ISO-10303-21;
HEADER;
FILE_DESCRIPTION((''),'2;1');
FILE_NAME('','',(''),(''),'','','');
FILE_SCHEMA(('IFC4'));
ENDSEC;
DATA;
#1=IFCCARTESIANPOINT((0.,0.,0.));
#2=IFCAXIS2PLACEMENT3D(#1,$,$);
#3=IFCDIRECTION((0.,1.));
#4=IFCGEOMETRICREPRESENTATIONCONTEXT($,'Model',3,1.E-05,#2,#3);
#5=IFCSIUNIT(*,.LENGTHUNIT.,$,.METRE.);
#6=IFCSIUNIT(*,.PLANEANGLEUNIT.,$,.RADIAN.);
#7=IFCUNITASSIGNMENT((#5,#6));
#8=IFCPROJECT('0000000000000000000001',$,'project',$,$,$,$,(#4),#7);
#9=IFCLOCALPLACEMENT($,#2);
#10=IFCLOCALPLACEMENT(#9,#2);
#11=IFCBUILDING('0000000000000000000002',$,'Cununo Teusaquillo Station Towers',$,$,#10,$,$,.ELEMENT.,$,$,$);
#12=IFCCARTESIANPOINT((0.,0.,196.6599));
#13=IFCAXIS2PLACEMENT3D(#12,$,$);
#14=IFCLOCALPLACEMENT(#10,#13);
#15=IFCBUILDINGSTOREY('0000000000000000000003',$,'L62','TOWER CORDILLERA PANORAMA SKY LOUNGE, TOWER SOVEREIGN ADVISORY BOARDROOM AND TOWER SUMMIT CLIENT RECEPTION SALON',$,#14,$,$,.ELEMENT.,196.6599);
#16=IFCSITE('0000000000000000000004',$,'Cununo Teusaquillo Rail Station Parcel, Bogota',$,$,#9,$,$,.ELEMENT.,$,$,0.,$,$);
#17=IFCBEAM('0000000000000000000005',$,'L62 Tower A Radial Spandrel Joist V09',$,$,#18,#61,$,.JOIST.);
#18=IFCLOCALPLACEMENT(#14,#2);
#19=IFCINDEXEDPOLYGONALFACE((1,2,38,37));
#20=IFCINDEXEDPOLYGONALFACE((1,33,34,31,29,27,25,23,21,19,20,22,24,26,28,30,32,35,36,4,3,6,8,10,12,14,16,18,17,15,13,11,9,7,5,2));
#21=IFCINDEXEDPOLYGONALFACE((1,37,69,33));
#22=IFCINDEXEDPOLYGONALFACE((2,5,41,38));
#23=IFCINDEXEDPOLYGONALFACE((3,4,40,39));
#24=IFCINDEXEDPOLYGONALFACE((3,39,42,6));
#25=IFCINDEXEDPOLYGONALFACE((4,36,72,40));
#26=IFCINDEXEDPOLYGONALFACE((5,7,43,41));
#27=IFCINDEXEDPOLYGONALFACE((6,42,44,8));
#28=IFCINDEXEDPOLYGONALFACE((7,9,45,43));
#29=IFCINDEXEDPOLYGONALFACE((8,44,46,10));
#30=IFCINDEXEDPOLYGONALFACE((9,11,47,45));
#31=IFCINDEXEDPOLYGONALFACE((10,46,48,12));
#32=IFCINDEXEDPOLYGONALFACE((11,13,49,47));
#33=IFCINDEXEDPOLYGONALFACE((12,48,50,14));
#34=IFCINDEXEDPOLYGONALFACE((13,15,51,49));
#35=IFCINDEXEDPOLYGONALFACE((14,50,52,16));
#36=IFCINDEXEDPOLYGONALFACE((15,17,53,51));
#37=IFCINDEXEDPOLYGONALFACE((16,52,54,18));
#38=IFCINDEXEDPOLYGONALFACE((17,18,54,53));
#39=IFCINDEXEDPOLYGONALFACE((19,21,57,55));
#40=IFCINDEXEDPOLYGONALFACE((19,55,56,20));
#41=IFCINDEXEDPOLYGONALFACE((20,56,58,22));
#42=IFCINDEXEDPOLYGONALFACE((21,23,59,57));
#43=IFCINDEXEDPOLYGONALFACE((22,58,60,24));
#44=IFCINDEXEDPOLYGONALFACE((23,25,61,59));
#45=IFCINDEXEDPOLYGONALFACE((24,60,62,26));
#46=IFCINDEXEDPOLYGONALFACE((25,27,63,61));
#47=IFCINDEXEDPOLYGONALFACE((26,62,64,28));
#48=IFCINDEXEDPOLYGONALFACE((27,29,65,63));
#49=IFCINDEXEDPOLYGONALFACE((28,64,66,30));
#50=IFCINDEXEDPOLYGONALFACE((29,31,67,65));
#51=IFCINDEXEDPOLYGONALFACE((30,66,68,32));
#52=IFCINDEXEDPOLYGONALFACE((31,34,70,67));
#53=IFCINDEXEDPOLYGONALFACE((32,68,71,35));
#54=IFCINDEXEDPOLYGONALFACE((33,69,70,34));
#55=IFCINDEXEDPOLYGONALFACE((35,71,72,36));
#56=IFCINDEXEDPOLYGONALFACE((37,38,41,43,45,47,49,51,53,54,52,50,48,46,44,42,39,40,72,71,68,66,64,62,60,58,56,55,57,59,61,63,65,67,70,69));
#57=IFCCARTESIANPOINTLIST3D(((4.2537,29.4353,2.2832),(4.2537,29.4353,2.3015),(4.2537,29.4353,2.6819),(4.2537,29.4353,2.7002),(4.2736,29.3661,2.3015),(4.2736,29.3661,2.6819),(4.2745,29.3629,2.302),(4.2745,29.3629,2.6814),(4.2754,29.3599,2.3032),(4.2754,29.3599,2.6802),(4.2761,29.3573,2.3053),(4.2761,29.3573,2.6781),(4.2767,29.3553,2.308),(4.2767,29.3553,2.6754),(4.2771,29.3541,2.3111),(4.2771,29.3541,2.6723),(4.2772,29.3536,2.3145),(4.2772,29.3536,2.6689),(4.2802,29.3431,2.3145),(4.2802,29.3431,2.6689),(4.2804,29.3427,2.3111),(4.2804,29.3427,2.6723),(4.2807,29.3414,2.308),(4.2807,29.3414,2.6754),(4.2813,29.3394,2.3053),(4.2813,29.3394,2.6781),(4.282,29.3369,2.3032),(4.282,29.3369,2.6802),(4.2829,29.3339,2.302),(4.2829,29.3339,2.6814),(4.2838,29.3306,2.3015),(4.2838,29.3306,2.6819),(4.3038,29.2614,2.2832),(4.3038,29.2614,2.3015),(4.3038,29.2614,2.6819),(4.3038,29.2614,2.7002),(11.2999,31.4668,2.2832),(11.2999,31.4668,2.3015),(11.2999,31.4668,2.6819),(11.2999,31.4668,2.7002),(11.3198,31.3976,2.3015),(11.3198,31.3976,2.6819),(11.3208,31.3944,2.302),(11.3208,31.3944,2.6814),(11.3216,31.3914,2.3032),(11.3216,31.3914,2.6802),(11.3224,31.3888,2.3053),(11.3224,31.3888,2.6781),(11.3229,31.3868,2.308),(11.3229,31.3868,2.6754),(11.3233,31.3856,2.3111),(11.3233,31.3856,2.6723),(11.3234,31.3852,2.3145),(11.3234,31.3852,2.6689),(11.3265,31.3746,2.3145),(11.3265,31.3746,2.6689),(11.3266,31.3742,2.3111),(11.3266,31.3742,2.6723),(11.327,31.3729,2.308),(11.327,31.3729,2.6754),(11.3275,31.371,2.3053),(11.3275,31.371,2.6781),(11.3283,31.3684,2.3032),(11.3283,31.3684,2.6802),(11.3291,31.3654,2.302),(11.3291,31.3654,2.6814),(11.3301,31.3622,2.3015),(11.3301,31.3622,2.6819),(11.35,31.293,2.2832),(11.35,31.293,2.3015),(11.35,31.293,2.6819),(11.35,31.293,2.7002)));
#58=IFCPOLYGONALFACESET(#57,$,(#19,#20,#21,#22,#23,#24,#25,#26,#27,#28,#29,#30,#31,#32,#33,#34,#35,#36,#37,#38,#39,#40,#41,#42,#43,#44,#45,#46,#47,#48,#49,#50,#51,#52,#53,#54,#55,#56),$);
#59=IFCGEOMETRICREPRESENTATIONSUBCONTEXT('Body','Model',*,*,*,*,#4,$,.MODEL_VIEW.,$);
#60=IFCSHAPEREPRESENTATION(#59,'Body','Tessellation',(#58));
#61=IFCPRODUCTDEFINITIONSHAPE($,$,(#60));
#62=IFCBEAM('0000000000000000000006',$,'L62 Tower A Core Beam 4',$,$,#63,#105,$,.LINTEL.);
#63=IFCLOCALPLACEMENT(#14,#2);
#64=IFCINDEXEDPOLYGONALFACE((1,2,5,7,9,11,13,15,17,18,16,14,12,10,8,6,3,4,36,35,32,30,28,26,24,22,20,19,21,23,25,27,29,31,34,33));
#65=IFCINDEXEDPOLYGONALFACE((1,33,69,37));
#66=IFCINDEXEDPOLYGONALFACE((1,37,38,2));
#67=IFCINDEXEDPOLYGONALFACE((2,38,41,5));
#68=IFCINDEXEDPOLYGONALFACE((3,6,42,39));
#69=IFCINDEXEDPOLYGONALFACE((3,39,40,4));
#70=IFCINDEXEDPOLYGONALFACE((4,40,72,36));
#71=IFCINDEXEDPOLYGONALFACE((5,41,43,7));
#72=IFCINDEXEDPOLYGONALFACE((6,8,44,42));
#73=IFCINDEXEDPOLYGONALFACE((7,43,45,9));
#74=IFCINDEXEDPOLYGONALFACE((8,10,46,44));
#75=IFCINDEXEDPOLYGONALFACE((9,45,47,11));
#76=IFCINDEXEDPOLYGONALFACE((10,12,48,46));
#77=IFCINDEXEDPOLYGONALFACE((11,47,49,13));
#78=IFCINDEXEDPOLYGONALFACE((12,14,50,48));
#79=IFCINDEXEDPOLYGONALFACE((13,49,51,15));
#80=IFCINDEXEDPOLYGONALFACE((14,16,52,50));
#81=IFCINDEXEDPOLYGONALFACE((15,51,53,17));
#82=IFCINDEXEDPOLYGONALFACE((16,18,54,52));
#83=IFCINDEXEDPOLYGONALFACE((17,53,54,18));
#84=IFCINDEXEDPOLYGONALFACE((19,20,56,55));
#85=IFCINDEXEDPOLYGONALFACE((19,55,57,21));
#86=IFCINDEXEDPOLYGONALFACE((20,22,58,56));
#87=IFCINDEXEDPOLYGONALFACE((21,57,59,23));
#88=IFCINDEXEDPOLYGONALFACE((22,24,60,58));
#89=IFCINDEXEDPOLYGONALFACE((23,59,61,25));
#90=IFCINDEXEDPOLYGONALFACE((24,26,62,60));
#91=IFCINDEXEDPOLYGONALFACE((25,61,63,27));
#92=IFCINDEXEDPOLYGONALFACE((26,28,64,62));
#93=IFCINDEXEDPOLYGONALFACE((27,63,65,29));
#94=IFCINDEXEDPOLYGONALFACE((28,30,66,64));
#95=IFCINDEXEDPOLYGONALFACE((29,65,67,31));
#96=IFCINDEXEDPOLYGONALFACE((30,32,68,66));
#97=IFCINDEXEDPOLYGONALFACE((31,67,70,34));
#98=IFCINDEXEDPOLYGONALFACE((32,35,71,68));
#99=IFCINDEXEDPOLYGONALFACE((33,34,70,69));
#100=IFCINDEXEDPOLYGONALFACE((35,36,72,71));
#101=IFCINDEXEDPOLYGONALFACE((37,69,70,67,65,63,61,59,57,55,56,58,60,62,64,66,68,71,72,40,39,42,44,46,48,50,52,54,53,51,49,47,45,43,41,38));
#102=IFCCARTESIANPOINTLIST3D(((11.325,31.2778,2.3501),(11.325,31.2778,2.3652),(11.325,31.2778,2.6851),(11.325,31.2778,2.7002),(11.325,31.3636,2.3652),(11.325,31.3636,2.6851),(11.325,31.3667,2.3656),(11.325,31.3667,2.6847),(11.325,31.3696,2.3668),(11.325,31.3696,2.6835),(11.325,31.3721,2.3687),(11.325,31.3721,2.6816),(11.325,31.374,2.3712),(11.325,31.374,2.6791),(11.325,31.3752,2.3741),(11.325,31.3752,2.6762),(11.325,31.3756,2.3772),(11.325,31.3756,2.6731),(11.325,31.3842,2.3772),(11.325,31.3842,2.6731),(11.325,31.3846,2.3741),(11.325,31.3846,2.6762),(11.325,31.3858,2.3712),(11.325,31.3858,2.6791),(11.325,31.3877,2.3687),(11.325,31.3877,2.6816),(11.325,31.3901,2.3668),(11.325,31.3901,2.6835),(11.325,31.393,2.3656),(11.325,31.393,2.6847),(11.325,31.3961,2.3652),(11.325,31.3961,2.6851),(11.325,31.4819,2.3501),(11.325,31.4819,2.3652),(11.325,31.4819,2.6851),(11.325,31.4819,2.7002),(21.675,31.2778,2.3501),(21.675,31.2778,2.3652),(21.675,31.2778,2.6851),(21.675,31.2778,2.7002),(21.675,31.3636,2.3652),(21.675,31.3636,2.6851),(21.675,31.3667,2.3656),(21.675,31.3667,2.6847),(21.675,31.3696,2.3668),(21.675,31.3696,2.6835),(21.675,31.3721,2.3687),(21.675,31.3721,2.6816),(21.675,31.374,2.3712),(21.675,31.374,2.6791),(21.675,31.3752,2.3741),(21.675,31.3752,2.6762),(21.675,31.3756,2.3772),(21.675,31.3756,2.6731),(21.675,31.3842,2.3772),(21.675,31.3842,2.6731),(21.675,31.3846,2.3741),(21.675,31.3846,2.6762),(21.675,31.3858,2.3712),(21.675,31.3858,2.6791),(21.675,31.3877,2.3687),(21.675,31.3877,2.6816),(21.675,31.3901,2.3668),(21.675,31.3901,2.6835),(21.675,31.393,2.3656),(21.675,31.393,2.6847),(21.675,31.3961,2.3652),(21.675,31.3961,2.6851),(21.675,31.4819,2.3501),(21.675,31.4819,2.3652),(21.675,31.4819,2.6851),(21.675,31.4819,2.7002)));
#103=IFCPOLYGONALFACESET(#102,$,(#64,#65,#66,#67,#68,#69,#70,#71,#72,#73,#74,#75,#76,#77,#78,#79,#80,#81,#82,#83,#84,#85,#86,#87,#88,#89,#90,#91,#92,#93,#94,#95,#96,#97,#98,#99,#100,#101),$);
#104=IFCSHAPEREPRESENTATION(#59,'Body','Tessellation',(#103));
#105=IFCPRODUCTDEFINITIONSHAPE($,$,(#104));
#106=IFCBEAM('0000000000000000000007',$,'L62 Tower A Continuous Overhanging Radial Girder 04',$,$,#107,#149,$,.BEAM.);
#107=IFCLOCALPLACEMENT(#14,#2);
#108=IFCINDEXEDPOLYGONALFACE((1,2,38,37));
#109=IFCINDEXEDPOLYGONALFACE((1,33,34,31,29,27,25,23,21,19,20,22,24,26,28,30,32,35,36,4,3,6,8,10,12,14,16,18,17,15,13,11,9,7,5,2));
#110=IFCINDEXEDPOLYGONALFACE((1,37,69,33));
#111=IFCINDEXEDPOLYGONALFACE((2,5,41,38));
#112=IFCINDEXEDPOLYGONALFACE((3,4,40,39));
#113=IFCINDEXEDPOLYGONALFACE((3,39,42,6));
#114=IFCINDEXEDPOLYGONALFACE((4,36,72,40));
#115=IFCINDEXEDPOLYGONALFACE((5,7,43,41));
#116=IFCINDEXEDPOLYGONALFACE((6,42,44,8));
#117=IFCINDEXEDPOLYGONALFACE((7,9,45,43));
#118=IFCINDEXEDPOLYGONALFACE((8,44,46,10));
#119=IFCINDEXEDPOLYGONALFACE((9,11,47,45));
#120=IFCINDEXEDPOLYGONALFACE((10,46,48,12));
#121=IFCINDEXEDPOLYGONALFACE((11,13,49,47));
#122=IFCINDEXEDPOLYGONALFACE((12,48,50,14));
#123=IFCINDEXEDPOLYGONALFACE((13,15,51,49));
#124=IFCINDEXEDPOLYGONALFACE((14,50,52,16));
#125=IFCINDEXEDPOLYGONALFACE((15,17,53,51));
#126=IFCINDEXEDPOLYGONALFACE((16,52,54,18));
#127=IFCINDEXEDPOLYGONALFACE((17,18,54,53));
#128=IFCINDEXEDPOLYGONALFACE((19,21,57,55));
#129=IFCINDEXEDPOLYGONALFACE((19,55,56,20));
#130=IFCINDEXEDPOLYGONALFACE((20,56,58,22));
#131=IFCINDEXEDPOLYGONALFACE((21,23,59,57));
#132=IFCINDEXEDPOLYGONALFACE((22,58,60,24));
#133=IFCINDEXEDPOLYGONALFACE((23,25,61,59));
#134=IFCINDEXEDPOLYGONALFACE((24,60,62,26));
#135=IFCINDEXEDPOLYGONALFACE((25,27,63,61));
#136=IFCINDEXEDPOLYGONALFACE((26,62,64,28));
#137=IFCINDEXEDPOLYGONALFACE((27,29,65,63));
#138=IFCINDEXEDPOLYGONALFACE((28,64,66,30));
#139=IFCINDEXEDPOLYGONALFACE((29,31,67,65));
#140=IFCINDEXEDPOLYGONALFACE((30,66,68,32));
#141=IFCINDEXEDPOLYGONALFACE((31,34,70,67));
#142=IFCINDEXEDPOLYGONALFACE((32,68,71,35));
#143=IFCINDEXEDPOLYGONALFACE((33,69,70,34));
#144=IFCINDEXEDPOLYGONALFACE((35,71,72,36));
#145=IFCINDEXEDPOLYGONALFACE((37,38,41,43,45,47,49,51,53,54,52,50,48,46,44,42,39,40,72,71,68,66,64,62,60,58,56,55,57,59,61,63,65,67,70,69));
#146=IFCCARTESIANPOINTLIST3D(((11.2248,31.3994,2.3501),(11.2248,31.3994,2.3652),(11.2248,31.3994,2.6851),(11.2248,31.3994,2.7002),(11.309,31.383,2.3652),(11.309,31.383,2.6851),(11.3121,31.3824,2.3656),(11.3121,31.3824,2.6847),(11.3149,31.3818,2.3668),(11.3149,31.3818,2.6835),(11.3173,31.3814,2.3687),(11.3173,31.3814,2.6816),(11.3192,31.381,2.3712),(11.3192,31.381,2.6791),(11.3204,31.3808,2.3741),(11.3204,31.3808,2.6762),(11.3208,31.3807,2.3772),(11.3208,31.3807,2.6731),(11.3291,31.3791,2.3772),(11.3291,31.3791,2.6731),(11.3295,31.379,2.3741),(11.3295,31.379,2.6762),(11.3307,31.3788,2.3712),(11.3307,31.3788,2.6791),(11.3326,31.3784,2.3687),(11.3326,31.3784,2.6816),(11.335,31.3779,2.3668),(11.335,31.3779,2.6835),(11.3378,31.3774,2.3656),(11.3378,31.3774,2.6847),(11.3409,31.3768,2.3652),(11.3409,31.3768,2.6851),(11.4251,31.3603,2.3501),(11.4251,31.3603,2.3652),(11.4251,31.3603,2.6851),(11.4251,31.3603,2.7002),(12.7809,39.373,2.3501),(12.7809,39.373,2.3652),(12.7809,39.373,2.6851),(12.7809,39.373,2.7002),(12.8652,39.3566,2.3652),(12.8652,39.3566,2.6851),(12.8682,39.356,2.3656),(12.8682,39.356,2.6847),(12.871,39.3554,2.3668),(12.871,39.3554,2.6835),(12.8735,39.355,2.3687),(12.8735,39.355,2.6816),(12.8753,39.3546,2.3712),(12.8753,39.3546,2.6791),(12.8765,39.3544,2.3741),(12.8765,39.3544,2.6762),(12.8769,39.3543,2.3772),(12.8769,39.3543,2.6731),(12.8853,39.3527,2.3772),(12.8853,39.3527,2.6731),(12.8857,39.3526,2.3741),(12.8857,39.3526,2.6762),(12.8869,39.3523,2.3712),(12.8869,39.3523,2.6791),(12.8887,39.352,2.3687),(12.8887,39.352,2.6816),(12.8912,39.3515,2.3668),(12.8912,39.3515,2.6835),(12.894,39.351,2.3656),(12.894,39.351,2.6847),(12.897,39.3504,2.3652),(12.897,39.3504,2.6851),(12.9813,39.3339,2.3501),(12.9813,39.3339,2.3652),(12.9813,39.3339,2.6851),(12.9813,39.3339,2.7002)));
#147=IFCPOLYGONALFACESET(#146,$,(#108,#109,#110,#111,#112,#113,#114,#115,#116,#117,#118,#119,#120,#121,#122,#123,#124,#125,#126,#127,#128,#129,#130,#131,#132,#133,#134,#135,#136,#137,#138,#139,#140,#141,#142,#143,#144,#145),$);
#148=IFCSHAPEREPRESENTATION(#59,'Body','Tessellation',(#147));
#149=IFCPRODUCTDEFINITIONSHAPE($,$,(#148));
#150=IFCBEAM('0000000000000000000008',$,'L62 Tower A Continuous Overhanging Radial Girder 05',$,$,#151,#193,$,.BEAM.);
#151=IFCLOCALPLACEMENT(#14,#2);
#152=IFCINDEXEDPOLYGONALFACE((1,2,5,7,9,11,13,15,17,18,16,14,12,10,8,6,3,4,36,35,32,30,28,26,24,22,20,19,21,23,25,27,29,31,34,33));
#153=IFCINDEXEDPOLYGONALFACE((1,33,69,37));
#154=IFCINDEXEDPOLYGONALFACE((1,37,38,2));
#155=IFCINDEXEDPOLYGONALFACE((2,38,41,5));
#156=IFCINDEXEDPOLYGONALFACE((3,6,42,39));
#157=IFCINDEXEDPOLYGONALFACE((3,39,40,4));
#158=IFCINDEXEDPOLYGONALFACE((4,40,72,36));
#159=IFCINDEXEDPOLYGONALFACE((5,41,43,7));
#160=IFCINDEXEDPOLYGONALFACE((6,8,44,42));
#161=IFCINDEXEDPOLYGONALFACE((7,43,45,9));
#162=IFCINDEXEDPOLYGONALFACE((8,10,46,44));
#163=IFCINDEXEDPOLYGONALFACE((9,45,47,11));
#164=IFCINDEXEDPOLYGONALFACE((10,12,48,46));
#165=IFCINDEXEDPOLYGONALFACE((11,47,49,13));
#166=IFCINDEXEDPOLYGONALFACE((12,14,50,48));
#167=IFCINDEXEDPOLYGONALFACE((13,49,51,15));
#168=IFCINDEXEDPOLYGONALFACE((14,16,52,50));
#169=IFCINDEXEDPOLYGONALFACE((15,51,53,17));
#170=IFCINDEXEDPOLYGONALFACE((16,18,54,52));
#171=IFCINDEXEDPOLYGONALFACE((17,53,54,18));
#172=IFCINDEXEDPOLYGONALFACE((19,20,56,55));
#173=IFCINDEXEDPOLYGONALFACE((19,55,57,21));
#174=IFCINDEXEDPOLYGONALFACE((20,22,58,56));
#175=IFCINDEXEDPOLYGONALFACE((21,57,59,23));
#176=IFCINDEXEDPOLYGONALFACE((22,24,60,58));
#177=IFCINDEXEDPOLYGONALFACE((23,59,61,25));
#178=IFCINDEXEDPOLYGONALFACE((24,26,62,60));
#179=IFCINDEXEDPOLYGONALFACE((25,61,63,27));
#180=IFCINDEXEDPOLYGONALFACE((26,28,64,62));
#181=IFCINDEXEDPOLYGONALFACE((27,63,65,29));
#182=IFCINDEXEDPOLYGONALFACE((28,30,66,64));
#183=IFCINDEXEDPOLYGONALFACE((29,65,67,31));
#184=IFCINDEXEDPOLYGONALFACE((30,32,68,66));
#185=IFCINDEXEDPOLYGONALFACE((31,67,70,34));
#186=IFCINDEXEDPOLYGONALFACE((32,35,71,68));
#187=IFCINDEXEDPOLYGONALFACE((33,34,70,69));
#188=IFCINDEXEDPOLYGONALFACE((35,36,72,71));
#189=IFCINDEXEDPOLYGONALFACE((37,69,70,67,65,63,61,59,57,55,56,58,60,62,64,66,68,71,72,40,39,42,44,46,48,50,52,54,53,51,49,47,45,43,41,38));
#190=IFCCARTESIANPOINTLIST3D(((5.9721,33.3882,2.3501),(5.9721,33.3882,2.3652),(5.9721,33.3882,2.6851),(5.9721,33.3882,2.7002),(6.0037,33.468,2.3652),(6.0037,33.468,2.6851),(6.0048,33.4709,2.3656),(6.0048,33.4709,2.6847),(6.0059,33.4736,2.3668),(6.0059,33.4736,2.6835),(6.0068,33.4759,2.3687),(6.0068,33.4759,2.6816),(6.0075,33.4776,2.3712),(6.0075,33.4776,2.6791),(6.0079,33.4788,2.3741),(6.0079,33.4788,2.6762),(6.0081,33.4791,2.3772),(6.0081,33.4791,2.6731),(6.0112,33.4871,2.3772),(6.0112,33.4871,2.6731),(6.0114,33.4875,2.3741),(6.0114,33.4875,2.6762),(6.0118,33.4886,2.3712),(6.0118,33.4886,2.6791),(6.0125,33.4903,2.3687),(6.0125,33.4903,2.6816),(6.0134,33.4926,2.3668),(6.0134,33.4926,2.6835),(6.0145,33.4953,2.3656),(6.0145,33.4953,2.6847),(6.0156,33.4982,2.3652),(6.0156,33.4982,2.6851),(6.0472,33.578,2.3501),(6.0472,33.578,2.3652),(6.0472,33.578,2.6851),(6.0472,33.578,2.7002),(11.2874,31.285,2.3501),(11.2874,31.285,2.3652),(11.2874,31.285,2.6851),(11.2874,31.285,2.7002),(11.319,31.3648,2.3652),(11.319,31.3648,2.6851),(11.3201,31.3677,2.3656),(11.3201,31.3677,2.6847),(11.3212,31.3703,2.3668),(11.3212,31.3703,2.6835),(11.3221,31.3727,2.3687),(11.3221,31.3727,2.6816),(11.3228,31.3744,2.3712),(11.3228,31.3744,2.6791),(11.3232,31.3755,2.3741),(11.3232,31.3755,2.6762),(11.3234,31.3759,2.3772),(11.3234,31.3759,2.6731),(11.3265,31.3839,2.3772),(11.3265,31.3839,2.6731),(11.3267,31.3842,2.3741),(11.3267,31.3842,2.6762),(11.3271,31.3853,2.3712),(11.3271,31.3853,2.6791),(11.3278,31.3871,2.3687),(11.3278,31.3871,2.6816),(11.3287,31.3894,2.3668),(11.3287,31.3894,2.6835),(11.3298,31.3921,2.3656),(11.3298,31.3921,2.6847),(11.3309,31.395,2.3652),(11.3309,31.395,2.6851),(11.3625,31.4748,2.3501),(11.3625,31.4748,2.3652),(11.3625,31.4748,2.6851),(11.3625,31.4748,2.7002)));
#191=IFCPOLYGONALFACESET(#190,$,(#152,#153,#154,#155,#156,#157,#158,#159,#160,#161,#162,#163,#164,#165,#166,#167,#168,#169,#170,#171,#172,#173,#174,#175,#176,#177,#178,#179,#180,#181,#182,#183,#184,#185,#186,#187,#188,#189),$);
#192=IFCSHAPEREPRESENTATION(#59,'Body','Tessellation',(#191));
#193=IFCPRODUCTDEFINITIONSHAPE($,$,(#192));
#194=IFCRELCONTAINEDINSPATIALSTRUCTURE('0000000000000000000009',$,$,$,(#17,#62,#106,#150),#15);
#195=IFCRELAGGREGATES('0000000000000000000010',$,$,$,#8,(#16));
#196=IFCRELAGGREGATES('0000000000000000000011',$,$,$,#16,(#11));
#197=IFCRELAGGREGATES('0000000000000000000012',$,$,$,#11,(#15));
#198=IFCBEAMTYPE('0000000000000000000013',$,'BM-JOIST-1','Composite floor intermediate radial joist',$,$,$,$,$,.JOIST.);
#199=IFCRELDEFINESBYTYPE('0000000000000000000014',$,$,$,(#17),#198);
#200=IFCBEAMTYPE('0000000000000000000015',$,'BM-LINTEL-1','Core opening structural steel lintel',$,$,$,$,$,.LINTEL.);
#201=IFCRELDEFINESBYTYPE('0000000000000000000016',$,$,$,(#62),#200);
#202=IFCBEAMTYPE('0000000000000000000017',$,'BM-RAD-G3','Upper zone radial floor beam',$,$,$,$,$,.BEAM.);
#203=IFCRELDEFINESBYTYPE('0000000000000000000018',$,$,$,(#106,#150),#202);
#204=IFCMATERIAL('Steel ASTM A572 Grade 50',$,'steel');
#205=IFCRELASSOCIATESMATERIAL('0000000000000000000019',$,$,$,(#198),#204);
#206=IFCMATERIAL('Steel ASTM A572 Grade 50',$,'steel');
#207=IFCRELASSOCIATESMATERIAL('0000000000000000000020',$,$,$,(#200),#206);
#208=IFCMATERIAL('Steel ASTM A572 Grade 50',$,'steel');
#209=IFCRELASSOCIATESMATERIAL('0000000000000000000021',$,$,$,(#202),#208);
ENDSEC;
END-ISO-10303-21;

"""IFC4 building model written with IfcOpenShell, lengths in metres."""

from ifc_helpers import new_model, si_unit, direction, frame, origin, origin_2d, place, context, subcontext, project, spatial, i_section, extrude, material, material_profile, profile_set, type_object, element, save


model = new_model("IFC4")

# Units and contexts
model_context = context("Model", 3, precision=1e-05, world=origin(), true_north=direction((0.0, 1.0)))
body_context = subcontext(model_context, "Body", "Model", "MODEL_VIEW")
ifc_project = project(units=[si_unit("LENGTHUNIT", "METRE"), si_unit("PLANEANGLEUNIT", "RADIAN")], contexts=[model_context])

# Site, building, storey
site_placement = place(None, origin())
site = spatial("IfcSite", under=ifc_project, at=site_placement, Name="Cununo Teusaquillo Rail Station Parcel, Bogota", CompositionType="ELEMENT", RefElevation=0.0)
building_placement = place(site_placement, origin())
building = spatial("IfcBuilding", under=site, at=building_placement, Name="Cununo Teusaquillo Station Towers", CompositionType="ELEMENT")
storey_placement = place(building_placement, frame((0.0, 0.0, 196.6599)))
storey = spatial("IfcBuildingStorey", under=building, at=storey_placement, Name="L62", Description="TOWER CORDILLERA PANORAMA SKY LOUNGE, TOWER SOVEREIGN ADVISORY BOARDROOM AND TOWER SUMMIT CLIENT RECEPTION SALON", CompositionType="ELEMENT", Elevation=196.6599)

# Beams
ifc_material_1 = material(Name="Steel ASTM A572 Grade 50", Category="steel")
ifc_material_profile_1 = material_profile(ifc_material_1, i_section(OverallWidth=0.1809, OverallDepth=0.417, WebThickness=0.011, FlangeThickness=0.0183, FilletRadius=0.0129, at=origin_2d()), Name="W16X57")
ifc_profile_set_1 = profile_set([ifc_material_profile_1], Name="Steel ASTM A572 Grade 50")
beam_type_1 = type_object("IfcBeamType", Name="BM-JOIST-1", Description="Composite floor intermediate radial joist", PredefinedType="JOIST", material=ifc_profile_set_1)
beam_1_placement = place(storey_placement, frame((11.325, 31.3799, 2.4917), z_axis=(-0.960862, -0.277029, 0.0), x_axis=(0.277029, -0.960862, 0.0)))
element("IfcBeam", 1, at=beam_1_placement, inside=storey, type_object=beam_type_1, Name="L62 Tower A Radial Spandrel Joist V09", PredefinedType="JOIST", context=body_context, shape_type="SweptSolid", body=[
    extrude(i_section(OverallWidth=0.1809, OverallDepth=0.417, WebThickness=0.011, FlangeThickness=0.0183, FilletRadius=0.0129, at=origin_2d()), origin(), (0.0, 0.0, 1.0), 7.3333),
])
ifc_material_2 = material(Name="Steel ASTM A572 Grade 50", Category="steel")
ifc_material_profile_2 = material_profile(ifc_material_2, i_section(OverallWidth=0.2041, OverallDepth=0.3501, WebThickness=0.0085, FlangeThickness=0.0151, FilletRadius=0.012, at=origin_2d()), Name="W14X48")
ifc_profile_set_2 = profile_set([ifc_material_profile_2], Name="Steel ASTM A572 Grade 50")
beam_type_2 = type_object("IfcBeamType", Name="BM-LINTEL-1", Description="Core opening structural steel lintel", PredefinedType="LINTEL", material=ifc_profile_set_2)
beam_2_placement = place(storey_placement, frame((11.325, 31.3799, 2.5251), z_axis=(1.0, 0.0, 0.0), x_axis=(0.0, 1.0, 0.0)))
element("IfcBeam", 2, at=beam_2_placement, inside=storey, type_object=beam_type_2, Name="L62 Tower A Core Beam 4", PredefinedType="LINTEL", context=body_context, shape_type="SweptSolid", body=[
    extrude(i_section(OverallWidth=0.2041, OverallDepth=0.3501, WebThickness=0.0085, FlangeThickness=0.0151, FilletRadius=0.012, at=origin_2d()), origin(), (0.0, 0.0, 1.0), 10.3501),
])
ifc_material_3 = material(Name="Steel ASTM A572 Grade 50", Category="steel")
ifc_material_profile_3 = material_profile(ifc_material_3, i_section(OverallWidth=0.2041, OverallDepth=0.3501, WebThickness=0.0085, FlangeThickness=0.0151, FilletRadius=0.012, at=origin_2d()), Name="W14X48")
ifc_profile_set_3 = profile_set([ifc_material_profile_3], Name="Steel ASTM A572 Grade 50")
beam_type_3 = type_object("IfcBeamType", Name="BM-RAD-G3", Description="Upper zone radial floor beam", PredefinedType="BEAM", material=ifc_profile_set_3)
beam_3_placement = place(storey_placement, frame((11.325, 31.3799, 2.5251), z_axis=(0.191548, 0.981483, 0.0), x_axis=(-0.981483, 0.191548, 0.0)))
element("IfcBeam", 3, at=beam_3_placement, inside=storey, type_object=beam_type_3, Name="L62 Tower A Continuous Overhanging Radial Girder 04", PredefinedType="BEAM", context=body_context, shape_type="SweptSolid", body=[
    extrude(i_section(OverallWidth=0.2041, OverallDepth=0.3501, WebThickness=0.0085, FlangeThickness=0.0151, FilletRadius=0.012, at=origin_2d()), origin(), (0.0, 0.0, 1.0), 8.124),
])
beam_4_placement = place(storey_placement, frame((11.325, 31.3799, 2.5251), z_axis=(-0.929852, 0.367935, 0.0), x_axis=(-0.367935, -0.929852, 0.0)))
element("IfcBeam", 4, at=beam_4_placement, inside=storey, type_object=beam_type_3, Name="L62 Tower A Continuous Overhanging Radial Girder 05", PredefinedType="BEAM", context=body_context, shape_type="SweptSolid", body=[
    extrude(i_section(OverallWidth=0.2041, OverallDepth=0.3501, WebThickness=0.0085, FlangeThickness=0.0151, FilletRadius=0.012, at=origin_2d()), origin(), (0.0, 0.0, 1.0), 5.7163),
])

save(model, "model.ifc")
